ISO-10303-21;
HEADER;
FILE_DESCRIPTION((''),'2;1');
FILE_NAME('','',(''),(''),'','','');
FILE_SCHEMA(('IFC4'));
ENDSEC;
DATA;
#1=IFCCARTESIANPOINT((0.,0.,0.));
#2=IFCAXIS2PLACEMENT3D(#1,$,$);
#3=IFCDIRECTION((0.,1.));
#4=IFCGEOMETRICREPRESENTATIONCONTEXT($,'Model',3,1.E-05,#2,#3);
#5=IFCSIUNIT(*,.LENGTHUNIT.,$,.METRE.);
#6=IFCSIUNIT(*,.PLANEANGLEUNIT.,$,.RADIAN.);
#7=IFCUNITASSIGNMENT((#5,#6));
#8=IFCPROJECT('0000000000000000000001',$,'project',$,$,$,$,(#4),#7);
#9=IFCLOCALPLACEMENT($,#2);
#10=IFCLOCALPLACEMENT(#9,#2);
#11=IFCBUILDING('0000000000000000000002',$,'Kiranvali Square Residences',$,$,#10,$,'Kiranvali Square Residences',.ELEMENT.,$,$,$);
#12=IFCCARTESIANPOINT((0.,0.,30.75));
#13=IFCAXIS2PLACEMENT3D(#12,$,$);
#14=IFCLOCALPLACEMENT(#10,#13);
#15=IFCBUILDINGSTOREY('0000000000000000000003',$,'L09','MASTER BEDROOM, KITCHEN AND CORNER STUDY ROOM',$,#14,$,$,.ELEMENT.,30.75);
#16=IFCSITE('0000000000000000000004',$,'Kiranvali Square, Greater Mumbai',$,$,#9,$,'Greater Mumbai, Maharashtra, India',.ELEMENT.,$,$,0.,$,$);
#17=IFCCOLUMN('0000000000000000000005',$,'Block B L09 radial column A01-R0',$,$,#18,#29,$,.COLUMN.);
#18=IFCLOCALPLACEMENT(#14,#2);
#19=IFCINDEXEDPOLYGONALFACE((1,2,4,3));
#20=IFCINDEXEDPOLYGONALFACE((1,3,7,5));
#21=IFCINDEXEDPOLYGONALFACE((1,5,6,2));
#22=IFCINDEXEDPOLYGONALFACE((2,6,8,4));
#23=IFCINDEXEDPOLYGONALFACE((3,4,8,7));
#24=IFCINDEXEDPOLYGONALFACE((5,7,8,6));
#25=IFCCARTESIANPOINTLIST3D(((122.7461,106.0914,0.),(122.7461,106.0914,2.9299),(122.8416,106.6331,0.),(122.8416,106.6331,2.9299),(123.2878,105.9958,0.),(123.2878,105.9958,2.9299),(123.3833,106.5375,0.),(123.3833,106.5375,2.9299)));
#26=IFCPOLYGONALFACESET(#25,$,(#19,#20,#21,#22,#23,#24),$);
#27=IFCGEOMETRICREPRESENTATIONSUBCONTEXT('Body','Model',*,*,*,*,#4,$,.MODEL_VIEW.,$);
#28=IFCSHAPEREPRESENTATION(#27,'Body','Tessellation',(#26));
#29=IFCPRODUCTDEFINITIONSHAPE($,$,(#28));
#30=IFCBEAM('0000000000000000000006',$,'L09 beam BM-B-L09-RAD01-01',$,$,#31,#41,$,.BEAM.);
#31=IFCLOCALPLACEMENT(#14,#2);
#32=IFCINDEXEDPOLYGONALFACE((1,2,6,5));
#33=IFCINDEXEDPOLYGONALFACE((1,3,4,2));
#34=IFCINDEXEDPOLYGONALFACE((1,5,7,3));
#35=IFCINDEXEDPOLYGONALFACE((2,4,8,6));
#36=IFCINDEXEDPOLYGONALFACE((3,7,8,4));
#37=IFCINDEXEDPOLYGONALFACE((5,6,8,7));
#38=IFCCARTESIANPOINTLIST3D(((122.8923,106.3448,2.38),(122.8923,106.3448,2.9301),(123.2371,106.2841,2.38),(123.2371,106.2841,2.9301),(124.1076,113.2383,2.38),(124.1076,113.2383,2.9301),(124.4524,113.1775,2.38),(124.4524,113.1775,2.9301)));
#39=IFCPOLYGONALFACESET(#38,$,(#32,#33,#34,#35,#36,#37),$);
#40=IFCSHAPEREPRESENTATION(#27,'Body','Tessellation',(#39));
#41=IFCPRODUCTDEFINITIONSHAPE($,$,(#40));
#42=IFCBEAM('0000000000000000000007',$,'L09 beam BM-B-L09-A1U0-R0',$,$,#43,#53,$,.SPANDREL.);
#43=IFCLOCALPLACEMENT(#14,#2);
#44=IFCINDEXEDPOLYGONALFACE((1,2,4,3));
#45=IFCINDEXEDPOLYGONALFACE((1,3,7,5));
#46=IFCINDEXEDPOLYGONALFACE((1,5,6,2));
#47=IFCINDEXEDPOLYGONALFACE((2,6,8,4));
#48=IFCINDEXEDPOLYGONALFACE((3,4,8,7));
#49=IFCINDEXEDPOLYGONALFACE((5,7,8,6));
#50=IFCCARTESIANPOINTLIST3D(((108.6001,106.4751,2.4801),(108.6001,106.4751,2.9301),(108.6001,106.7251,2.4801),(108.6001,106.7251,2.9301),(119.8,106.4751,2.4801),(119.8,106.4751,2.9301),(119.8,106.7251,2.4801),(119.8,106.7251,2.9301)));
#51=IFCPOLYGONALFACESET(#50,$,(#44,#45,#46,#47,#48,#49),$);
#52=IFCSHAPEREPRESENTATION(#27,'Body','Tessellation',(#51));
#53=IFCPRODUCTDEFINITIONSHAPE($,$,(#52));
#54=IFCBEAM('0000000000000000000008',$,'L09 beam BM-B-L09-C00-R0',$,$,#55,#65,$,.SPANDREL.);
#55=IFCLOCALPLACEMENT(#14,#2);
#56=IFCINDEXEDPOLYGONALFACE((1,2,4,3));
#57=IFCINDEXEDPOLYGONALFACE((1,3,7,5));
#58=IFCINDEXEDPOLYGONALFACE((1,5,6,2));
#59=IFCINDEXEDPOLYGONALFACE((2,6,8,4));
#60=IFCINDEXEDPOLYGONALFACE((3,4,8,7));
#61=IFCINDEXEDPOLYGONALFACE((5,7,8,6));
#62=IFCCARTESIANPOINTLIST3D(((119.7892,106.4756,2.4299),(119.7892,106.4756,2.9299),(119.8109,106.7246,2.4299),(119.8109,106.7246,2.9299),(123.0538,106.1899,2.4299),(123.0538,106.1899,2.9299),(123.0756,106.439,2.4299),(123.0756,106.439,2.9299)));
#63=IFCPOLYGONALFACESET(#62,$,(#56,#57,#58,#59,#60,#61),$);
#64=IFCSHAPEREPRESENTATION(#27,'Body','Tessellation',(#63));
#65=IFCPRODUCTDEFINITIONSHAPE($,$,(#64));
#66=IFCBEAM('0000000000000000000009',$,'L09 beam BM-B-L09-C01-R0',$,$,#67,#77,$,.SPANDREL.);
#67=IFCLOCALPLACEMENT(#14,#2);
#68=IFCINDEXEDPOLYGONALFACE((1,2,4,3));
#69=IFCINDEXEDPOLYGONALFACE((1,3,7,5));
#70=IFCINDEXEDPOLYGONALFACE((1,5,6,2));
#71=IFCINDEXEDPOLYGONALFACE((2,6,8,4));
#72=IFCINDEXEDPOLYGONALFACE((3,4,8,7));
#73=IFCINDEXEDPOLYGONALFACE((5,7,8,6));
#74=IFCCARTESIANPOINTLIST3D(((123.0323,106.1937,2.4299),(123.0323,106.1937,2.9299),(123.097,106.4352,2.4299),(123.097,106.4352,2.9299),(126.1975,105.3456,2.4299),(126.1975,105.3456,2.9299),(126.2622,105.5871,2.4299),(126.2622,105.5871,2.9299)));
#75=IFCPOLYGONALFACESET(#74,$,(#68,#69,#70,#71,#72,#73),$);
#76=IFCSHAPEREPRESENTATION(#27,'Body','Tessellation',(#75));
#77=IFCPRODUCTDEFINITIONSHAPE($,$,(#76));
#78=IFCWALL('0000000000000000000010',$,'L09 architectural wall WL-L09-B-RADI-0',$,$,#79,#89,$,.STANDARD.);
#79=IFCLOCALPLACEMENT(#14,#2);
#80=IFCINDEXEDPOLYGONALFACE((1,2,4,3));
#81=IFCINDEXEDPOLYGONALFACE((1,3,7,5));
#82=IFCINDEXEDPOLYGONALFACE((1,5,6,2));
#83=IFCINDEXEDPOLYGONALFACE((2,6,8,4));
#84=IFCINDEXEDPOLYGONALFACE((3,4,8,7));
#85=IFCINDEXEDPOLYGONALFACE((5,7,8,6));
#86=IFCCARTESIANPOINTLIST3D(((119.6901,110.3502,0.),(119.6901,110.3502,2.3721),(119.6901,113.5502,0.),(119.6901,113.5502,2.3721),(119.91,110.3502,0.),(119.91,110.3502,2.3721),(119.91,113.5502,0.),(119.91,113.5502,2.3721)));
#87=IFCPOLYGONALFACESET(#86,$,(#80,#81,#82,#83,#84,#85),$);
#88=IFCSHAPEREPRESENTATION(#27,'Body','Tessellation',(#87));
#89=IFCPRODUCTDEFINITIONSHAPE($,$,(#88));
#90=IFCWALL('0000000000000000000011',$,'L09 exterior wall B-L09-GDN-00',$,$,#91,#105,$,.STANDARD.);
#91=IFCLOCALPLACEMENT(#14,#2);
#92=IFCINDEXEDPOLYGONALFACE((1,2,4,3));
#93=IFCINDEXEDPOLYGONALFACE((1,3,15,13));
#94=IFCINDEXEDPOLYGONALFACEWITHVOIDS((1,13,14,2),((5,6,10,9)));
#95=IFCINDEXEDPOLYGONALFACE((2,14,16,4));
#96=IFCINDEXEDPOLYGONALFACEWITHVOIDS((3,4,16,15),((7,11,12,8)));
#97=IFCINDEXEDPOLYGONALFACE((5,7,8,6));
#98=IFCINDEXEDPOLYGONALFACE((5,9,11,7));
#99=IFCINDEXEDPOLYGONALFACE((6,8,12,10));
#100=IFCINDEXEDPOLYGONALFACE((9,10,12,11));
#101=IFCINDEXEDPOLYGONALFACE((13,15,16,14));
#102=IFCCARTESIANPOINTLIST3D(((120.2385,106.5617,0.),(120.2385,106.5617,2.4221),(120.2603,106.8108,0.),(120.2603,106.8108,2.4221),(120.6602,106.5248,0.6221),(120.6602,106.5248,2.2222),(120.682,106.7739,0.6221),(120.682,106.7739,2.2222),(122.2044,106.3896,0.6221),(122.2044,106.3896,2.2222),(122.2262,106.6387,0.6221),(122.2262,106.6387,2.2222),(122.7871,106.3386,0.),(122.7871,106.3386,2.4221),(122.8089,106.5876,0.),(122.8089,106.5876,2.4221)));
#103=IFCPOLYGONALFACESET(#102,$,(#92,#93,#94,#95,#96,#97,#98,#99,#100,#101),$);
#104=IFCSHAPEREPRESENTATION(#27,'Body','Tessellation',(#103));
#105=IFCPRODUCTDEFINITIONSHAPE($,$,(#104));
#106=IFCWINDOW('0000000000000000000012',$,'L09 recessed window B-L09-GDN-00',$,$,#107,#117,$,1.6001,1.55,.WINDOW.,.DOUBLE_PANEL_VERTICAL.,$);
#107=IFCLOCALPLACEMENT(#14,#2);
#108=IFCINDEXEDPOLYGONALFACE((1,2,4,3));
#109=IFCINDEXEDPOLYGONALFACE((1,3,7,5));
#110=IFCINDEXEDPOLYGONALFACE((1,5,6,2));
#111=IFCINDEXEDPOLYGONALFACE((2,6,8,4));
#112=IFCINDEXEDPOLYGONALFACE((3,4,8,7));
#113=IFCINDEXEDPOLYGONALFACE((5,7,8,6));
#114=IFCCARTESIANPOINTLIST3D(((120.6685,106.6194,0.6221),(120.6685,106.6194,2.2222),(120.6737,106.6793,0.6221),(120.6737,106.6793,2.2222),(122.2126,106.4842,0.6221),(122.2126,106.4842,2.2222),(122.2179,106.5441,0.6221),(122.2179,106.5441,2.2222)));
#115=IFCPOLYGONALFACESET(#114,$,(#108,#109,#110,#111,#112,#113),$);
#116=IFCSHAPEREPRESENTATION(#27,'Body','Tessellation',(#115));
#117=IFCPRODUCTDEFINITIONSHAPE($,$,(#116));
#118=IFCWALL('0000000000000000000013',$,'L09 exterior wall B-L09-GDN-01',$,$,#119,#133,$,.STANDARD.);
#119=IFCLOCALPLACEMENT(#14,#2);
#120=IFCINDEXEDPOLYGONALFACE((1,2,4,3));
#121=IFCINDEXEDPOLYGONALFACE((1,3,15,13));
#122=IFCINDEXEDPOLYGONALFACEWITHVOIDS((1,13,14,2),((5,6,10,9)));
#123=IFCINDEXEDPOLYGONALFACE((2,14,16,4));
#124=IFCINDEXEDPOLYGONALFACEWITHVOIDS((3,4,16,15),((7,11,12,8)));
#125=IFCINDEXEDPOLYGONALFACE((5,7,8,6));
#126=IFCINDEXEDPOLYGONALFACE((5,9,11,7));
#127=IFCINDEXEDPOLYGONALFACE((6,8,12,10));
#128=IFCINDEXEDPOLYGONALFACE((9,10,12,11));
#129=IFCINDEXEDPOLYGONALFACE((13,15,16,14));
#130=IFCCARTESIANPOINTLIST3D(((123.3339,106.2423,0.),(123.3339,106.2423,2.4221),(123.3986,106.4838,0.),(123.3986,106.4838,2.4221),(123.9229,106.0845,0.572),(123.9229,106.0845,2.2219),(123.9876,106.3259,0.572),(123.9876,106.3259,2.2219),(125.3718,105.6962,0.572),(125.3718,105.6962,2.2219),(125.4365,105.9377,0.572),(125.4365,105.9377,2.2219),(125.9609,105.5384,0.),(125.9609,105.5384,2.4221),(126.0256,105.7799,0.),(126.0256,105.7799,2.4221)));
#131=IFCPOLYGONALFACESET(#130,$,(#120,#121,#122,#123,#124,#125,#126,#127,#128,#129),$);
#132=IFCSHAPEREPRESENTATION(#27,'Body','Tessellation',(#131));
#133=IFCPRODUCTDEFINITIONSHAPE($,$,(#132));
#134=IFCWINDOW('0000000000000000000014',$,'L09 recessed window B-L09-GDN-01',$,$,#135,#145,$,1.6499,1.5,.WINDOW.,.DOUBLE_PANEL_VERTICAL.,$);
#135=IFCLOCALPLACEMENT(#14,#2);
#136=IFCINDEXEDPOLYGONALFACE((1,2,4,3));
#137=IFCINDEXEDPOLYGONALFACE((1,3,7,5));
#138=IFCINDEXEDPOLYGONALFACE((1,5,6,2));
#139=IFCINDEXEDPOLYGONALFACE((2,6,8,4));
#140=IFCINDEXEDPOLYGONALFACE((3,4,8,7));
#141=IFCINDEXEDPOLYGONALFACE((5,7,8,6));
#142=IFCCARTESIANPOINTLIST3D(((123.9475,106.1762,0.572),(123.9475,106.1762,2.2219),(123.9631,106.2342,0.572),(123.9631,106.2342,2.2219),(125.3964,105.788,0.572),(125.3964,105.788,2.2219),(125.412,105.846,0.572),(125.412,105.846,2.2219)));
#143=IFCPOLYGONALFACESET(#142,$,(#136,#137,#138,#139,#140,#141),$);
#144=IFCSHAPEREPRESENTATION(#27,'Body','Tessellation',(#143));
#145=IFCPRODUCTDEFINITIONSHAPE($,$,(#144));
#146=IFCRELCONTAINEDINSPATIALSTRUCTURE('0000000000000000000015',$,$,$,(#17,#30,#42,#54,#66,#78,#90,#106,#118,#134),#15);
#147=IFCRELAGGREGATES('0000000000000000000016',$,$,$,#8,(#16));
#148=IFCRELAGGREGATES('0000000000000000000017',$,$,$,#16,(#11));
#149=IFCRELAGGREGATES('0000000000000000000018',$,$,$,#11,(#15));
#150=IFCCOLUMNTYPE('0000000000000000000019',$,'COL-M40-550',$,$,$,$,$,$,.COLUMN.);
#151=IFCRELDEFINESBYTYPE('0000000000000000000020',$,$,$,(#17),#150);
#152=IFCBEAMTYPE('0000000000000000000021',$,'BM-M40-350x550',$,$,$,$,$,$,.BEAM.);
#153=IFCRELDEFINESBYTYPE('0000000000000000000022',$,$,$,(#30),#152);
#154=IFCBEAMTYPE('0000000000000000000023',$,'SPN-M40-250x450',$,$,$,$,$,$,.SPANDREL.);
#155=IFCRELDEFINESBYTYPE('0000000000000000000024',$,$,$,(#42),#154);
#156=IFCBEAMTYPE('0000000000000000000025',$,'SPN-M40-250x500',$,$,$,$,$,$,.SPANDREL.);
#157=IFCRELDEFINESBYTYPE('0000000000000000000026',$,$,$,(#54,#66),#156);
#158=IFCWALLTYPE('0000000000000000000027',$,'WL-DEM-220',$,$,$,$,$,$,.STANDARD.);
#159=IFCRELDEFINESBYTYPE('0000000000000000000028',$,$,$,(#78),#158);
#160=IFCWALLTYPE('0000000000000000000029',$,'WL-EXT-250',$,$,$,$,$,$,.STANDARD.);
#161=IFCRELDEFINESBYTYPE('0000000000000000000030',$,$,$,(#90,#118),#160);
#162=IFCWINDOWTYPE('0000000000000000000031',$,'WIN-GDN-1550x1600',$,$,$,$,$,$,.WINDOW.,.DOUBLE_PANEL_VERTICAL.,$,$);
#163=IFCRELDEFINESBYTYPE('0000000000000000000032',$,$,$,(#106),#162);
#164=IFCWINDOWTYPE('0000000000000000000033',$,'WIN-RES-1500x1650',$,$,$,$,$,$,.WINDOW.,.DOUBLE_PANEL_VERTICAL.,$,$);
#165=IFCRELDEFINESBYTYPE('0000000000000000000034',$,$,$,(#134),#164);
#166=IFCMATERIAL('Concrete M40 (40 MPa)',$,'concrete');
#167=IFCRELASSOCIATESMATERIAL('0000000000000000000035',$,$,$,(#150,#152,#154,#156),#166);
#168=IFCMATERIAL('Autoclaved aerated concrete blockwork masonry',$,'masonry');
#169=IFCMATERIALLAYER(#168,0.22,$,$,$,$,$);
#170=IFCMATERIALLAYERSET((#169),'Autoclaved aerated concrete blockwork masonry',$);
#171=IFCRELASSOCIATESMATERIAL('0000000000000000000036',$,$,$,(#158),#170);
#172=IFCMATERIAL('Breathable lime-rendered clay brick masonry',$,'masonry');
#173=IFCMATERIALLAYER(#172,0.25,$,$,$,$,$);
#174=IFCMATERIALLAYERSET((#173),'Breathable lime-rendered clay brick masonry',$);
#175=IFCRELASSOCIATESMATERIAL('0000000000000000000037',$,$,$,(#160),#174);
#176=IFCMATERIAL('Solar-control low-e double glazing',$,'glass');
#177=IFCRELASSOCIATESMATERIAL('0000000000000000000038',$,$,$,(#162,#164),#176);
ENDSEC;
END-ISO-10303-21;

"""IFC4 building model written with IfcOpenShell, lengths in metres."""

from ifc_helpers import new_model, si_unit, direction, frame, frame_2d, origin, origin_2d, place, context, subcontext, project, spatial, rectangle, extrude, material, layer, layer_set, material_profile, profile_set, type_object, element, fill, save


model = new_model("IFC4")

# Units and contexts
model_context = context("Model", 3, precision=1e-05, world=origin(), true_north=direction((0.0, 1.0)))
body_context = subcontext(model_context, "Body", "Model", "MODEL_VIEW")
ifc_project = project(units=[si_unit("LENGTHUNIT", "METRE"), si_unit("PLANEANGLEUNIT", "RADIAN")], contexts=[model_context])

# Site, building, storey
site_placement = place(None, origin())
site = spatial("IfcSite", under=ifc_project, at=site_placement, Name="Kiranvali Square, Greater Mumbai", LongName="Greater Mumbai, Maharashtra, India", CompositionType="ELEMENT", RefElevation=0.0)
building_placement = place(site_placement, origin())
building = spatial("IfcBuilding", under=site, at=building_placement, Name="Kiranvali Square Residences", LongName="Kiranvali Square Residences", CompositionType="ELEMENT")
storey_placement = place(building_placement, frame((0.0, 0.0, 30.75)))
storey = spatial("IfcBuildingStorey", under=building, at=storey_placement, Name="L09", Description="MASTER BEDROOM, KITCHEN AND CORNER STUDY ROOM", CompositionType="ELEMENT", Elevation=30.75)

# Column
ifc_material_1 = material(Name="Concrete M40 (40 MPa)", Category="concrete")
ifc_material_profile_1 = material_profile(ifc_material_1, rectangle(XDim=0.55, YDim=0.55, at=origin_2d()), Name="RC 550x550")
ifc_profile_set_1 = profile_set([ifc_material_profile_1], Name="Concrete M40 (40 MPa)")
column_type = type_object("IfcColumnType", Name="COL-M40-550", PredefinedType="COLUMN", material=ifc_profile_set_1)
column_placement = place(storey_placement, frame((123.0647, 106.3145, 0.0), z_axis=(0.0, 0.0, 1.0), x_axis=(-0.984808, 0.173648, 0.0)))
element("IfcColumn", 1, at=column_placement, inside=storey, type_object=column_type, Name="Block B L09 radial column A01-R0", PredefinedType="COLUMN", context=body_context, shape_type="SweptSolid", body=[
    extrude(rectangle(XDim=0.55, YDim=0.55, at=origin_2d()), origin(), (0.0, 0.0, 1.0), 2.9299),
])

# Beams
ifc_material_profile_2 = material_profile(ifc_material_1, rectangle(XDim=0.3501, YDim=0.55, at=origin_2d()), Name="RC 350x550")
ifc_profile_set_2 = profile_set([ifc_material_profile_2], Name="Concrete M40 (40 MPa)")
beam_type_1 = type_object("IfcBeamType", Name="BM-M40-350x550", PredefinedType="BEAM", material=ifc_profile_set_2)
beam_1_placement = place(storey_placement, frame((123.0647, 106.3145, 2.655), z_axis=(0.173622, 0.984812, 0.0), x_axis=(-0.984812, 0.173622, 0.0)))
element("IfcBeam", 2, at=beam_1_placement, inside=storey, type_object=beam_type_1, Name="L09 beam BM-B-L09-RAD01-01", PredefinedType="BEAM", context=body_context, shape_type="SweptSolid", body=[
    extrude(rectangle(XDim=0.3501, YDim=0.55, at=origin_2d()), origin(), (0.0, 0.0, 1.0), 6.9998),
])
ifc_material_profile_3 = material_profile(ifc_material_1, rectangle(XDim=0.25, YDim=0.45, at=origin_2d()), Name="RC 250x450")
ifc_profile_set_3 = profile_set([ifc_material_profile_3], Name="Concrete M40 (40 MPa)")
beam_type_2 = type_object("IfcBeamType", Name="SPN-M40-250x450", PredefinedType="SPANDREL", material=ifc_profile_set_3)
beam_2_placement = place(storey_placement, frame((119.8, 106.6001, 2.7051), z_axis=(-1.0, 0.0, 0.0), x_axis=(0.0, -1.0, 0.0)))
element("IfcBeam", 3, at=beam_2_placement, inside=storey, type_object=beam_type_2, Name="L09 beam BM-B-L09-A1U0-R0", PredefinedType="SPANDREL", context=body_context, shape_type="SweptSolid", body=[
    extrude(rectangle(XDim=0.25, YDim=0.45, at=origin_2d()), origin(), (0.0, 0.0, 1.0), 11.2),
])
ifc_material_profile_4 = material_profile(ifc_material_1, rectangle(XDim=0.25, YDim=0.5, at=origin_2d()), Name="RC 250x500")
ifc_profile_set_4 = profile_set([ifc_material_profile_4], Name="Concrete M40 (40 MPa)")
beam_type_3 = type_object("IfcBeamType", Name="SPN-M40-250x500", PredefinedType="SPANDREL", material=ifc_profile_set_4)
beam_3_placement = place(storey_placement, frame((119.8, 106.6001, 2.6799), z_axis=(0.996194, -0.087163, 0.0), x_axis=(0.087163, 0.996194, 0.0)))
element("IfcBeam", 4, at=beam_3_placement, inside=storey, type_object=beam_type_3, Name="L09 beam BM-B-L09-C00-R0", PredefinedType="SPANDREL", context=body_context, shape_type="SweptSolid", body=[
    extrude(rectangle(XDim=0.25, YDim=0.5, at=origin_2d()), origin(), (0.0, 0.0, 1.0), 3.2771),
])
beam_4_placement = place(storey_placement, frame((123.0647, 106.3145, 2.6799), z_axis=(0.965925, -0.258822, 0.0), x_axis=(0.258822, 0.965925, 0.0)))
element("IfcBeam", 5, at=beam_4_placement, inside=storey, type_object=beam_type_3, Name="L09 beam BM-B-L09-C01-R0", PredefinedType="SPANDREL", context=body_context, shape_type="SweptSolid", body=[
    extrude(rectangle(XDim=0.25, YDim=0.5, at=origin_2d()), origin(), (0.0, 0.0, 1.0), 3.2769),
])

# Wall
ifc_material_2 = material(Name="Autoclaved aerated concrete blockwork masonry", Category="masonry")
ifc_layer_1 = layer(ifc_material_2, 0.22)
ifc_layer_set_1 = layer_set([ifc_layer_1], Name="Autoclaved aerated concrete blockwork masonry")
wall_type_1 = type_object("IfcWallType", Name="WL-DEM-220", PredefinedType="STANDARD", material=ifc_layer_set_1)
wall_1_placement = place(storey_placement, frame((119.8, 110.3501, 0.0), z_axis=(0.0, 0.0, 1.0), x_axis=(0.0, 1.0, 0.0)))
element("IfcWall", 6, at=wall_1_placement, inside=storey, type_object=wall_type_1, Name="L09 architectural wall WL-L09-B-RADI-0", PredefinedType="STANDARD", context=body_context, shape_type="SweptSolid", body=[
    extrude(rectangle(XDim=3.2, YDim=0.22, at=frame_2d((1.6001, 0.0))), origin(), (0.0, 0.0, 1.0), 2.3721),
])

# Walls, openings, windows
ifc_material_3 = material(Name="Breathable lime-rendered clay brick masonry", Category="masonry")
ifc_layer_2 = layer(ifc_material_3, 0.25)
ifc_layer_set_2 = layer_set([ifc_layer_2], Name="Breathable lime-rendered clay brick masonry")
wall_type_2 = type_object("IfcWallType", Name="WL-EXT-250", PredefinedType="STANDARD", material=ifc_layer_set_2)
wall_2_placement = place(storey_placement, frame((120.2493, 106.6863, 0.0), z_axis=(0.0, 0.0, 1.0), x_axis=(0.996189, -0.087223, 0.0)))
wall_2 = element("IfcWall", 7, at=wall_2_placement, inside=storey, type_object=wall_type_2, Name="L09 exterior wall B-L09-GDN-00", PredefinedType="STANDARD", context=body_context, shape_type="SweptSolid", body=[
    extrude(rectangle(XDim=2.5583, YDim=0.25, at=frame_2d((1.2793, 0.0))), origin(), (0.0, 0.0, 1.0), 2.4221),
])
opening_1_placement = place(wall_2_placement, frame((0.4236, 0.0, 0.6221)))
opening_1 = element("IfcOpeningElement", 8, at=opening_1_placement, cuts=wall_2, PredefinedType="OPENING", context=body_context, shape_type="SweptSolid", body=[
    extrude(rectangle(XDim=1.55, YDim=1.6001, at=frame_2d((0.7749, 0.8))), frame((0.0, 0.135, 0.0), z_axis=(0.0, -1.0, 0.0), x_axis=(1.0, 0.0, 0.0)), (0.0, 0.0, 1.0), 0.27),
])
ifc_material_4 = material(Name="Solar-control low-e double glazing", Category="glass")
window_type_1 = type_object("IfcWindowType", Name="WIN-GDN-1550x1600", PartitioningType="DOUBLE_PANEL_VERTICAL", PredefinedType="WINDOW", material=ifc_material_4)
window_1_placement = place(opening_1_placement, origin())
window_1 = element("IfcWindow", 9, at=window_1_placement, inside=storey, type_object=window_type_1, Name="L09 recessed window B-L09-GDN-00", OverallHeight=1.6001, OverallWidth=1.55, PartitioningType="DOUBLE_PANEL_VERTICAL", PredefinedType="WINDOW", context=body_context, shape_type="SweptSolid", body=[
    extrude(rectangle(XDim=1.55, YDim=1.6001, at=frame_2d((0.7749, 0.8))), frame((0.0, 0.03, 0.0), z_axis=(0.0, -1.0, 0.0), x_axis=(1.0, 0.0, 0.0)), (0.0, 0.0, 1.0), 0.0601),
])
fill(opening_1, window_1)
wall_3_placement = place(storey_placement, frame((123.3662, 106.363, 0.0), z_axis=(0.0, 0.0, 1.0), x_axis=(0.965929, -0.258808, 0.0)))
wall_3 = element("IfcWall", 10, at=wall_3_placement, inside=storey, type_object=wall_type_2, Name="L09 exterior wall B-L09-GDN-01", PredefinedType="STANDARD", context=body_context, shape_type="SweptSolid", body=[
    extrude(rectangle(XDim=2.7197, YDim=0.25, at=frame_2d((1.3599, 0.0))), origin(), (0.0, 0.0, 1.0), 2.4221),
])
opening_2_placement = place(wall_3_placement, frame((0.6099, 0.0, 0.572)))
opening_2 = element("IfcOpeningElement", 11, at=opening_2_placement, cuts=wall_3, PredefinedType="OPENING", context=body_context, shape_type="SweptSolid", body=[
    extrude(rectangle(XDim=1.5, YDim=1.6499, at=frame_2d((0.75, 0.825))), frame((0.0, 0.135, 0.0), z_axis=(0.0, -1.0, 0.0), x_axis=(1.0, 0.0, 0.0)), (0.0, 0.0, 1.0), 0.27),
])
window_type_2 = type_object("IfcWindowType", Name="WIN-RES-1500x1650", PartitioningType="DOUBLE_PANEL_VERTICAL", PredefinedType="WINDOW", material=ifc_material_4)
window_2_placement = place(opening_2_placement, origin())
window_2 = element("IfcWindow", 12, at=window_2_placement, inside=storey, type_object=window_type_2, Name="L09 recessed window B-L09-GDN-01", OverallHeight=1.6499, OverallWidth=1.5, PartitioningType="DOUBLE_PANEL_VERTICAL", PredefinedType="WINDOW", context=body_context, shape_type="SweptSolid", body=[
    extrude(rectangle(XDim=1.5, YDim=1.6499, at=frame_2d((0.75, 0.825))), frame((0.0, 0.03, 0.0), z_axis=(0.0, -1.0, 0.0), x_axis=(1.0, 0.0, 0.0)), (0.0, 0.0, 1.0), 0.0601),
])
fill(opening_2, window_2)

save(model, "model.ifc")
